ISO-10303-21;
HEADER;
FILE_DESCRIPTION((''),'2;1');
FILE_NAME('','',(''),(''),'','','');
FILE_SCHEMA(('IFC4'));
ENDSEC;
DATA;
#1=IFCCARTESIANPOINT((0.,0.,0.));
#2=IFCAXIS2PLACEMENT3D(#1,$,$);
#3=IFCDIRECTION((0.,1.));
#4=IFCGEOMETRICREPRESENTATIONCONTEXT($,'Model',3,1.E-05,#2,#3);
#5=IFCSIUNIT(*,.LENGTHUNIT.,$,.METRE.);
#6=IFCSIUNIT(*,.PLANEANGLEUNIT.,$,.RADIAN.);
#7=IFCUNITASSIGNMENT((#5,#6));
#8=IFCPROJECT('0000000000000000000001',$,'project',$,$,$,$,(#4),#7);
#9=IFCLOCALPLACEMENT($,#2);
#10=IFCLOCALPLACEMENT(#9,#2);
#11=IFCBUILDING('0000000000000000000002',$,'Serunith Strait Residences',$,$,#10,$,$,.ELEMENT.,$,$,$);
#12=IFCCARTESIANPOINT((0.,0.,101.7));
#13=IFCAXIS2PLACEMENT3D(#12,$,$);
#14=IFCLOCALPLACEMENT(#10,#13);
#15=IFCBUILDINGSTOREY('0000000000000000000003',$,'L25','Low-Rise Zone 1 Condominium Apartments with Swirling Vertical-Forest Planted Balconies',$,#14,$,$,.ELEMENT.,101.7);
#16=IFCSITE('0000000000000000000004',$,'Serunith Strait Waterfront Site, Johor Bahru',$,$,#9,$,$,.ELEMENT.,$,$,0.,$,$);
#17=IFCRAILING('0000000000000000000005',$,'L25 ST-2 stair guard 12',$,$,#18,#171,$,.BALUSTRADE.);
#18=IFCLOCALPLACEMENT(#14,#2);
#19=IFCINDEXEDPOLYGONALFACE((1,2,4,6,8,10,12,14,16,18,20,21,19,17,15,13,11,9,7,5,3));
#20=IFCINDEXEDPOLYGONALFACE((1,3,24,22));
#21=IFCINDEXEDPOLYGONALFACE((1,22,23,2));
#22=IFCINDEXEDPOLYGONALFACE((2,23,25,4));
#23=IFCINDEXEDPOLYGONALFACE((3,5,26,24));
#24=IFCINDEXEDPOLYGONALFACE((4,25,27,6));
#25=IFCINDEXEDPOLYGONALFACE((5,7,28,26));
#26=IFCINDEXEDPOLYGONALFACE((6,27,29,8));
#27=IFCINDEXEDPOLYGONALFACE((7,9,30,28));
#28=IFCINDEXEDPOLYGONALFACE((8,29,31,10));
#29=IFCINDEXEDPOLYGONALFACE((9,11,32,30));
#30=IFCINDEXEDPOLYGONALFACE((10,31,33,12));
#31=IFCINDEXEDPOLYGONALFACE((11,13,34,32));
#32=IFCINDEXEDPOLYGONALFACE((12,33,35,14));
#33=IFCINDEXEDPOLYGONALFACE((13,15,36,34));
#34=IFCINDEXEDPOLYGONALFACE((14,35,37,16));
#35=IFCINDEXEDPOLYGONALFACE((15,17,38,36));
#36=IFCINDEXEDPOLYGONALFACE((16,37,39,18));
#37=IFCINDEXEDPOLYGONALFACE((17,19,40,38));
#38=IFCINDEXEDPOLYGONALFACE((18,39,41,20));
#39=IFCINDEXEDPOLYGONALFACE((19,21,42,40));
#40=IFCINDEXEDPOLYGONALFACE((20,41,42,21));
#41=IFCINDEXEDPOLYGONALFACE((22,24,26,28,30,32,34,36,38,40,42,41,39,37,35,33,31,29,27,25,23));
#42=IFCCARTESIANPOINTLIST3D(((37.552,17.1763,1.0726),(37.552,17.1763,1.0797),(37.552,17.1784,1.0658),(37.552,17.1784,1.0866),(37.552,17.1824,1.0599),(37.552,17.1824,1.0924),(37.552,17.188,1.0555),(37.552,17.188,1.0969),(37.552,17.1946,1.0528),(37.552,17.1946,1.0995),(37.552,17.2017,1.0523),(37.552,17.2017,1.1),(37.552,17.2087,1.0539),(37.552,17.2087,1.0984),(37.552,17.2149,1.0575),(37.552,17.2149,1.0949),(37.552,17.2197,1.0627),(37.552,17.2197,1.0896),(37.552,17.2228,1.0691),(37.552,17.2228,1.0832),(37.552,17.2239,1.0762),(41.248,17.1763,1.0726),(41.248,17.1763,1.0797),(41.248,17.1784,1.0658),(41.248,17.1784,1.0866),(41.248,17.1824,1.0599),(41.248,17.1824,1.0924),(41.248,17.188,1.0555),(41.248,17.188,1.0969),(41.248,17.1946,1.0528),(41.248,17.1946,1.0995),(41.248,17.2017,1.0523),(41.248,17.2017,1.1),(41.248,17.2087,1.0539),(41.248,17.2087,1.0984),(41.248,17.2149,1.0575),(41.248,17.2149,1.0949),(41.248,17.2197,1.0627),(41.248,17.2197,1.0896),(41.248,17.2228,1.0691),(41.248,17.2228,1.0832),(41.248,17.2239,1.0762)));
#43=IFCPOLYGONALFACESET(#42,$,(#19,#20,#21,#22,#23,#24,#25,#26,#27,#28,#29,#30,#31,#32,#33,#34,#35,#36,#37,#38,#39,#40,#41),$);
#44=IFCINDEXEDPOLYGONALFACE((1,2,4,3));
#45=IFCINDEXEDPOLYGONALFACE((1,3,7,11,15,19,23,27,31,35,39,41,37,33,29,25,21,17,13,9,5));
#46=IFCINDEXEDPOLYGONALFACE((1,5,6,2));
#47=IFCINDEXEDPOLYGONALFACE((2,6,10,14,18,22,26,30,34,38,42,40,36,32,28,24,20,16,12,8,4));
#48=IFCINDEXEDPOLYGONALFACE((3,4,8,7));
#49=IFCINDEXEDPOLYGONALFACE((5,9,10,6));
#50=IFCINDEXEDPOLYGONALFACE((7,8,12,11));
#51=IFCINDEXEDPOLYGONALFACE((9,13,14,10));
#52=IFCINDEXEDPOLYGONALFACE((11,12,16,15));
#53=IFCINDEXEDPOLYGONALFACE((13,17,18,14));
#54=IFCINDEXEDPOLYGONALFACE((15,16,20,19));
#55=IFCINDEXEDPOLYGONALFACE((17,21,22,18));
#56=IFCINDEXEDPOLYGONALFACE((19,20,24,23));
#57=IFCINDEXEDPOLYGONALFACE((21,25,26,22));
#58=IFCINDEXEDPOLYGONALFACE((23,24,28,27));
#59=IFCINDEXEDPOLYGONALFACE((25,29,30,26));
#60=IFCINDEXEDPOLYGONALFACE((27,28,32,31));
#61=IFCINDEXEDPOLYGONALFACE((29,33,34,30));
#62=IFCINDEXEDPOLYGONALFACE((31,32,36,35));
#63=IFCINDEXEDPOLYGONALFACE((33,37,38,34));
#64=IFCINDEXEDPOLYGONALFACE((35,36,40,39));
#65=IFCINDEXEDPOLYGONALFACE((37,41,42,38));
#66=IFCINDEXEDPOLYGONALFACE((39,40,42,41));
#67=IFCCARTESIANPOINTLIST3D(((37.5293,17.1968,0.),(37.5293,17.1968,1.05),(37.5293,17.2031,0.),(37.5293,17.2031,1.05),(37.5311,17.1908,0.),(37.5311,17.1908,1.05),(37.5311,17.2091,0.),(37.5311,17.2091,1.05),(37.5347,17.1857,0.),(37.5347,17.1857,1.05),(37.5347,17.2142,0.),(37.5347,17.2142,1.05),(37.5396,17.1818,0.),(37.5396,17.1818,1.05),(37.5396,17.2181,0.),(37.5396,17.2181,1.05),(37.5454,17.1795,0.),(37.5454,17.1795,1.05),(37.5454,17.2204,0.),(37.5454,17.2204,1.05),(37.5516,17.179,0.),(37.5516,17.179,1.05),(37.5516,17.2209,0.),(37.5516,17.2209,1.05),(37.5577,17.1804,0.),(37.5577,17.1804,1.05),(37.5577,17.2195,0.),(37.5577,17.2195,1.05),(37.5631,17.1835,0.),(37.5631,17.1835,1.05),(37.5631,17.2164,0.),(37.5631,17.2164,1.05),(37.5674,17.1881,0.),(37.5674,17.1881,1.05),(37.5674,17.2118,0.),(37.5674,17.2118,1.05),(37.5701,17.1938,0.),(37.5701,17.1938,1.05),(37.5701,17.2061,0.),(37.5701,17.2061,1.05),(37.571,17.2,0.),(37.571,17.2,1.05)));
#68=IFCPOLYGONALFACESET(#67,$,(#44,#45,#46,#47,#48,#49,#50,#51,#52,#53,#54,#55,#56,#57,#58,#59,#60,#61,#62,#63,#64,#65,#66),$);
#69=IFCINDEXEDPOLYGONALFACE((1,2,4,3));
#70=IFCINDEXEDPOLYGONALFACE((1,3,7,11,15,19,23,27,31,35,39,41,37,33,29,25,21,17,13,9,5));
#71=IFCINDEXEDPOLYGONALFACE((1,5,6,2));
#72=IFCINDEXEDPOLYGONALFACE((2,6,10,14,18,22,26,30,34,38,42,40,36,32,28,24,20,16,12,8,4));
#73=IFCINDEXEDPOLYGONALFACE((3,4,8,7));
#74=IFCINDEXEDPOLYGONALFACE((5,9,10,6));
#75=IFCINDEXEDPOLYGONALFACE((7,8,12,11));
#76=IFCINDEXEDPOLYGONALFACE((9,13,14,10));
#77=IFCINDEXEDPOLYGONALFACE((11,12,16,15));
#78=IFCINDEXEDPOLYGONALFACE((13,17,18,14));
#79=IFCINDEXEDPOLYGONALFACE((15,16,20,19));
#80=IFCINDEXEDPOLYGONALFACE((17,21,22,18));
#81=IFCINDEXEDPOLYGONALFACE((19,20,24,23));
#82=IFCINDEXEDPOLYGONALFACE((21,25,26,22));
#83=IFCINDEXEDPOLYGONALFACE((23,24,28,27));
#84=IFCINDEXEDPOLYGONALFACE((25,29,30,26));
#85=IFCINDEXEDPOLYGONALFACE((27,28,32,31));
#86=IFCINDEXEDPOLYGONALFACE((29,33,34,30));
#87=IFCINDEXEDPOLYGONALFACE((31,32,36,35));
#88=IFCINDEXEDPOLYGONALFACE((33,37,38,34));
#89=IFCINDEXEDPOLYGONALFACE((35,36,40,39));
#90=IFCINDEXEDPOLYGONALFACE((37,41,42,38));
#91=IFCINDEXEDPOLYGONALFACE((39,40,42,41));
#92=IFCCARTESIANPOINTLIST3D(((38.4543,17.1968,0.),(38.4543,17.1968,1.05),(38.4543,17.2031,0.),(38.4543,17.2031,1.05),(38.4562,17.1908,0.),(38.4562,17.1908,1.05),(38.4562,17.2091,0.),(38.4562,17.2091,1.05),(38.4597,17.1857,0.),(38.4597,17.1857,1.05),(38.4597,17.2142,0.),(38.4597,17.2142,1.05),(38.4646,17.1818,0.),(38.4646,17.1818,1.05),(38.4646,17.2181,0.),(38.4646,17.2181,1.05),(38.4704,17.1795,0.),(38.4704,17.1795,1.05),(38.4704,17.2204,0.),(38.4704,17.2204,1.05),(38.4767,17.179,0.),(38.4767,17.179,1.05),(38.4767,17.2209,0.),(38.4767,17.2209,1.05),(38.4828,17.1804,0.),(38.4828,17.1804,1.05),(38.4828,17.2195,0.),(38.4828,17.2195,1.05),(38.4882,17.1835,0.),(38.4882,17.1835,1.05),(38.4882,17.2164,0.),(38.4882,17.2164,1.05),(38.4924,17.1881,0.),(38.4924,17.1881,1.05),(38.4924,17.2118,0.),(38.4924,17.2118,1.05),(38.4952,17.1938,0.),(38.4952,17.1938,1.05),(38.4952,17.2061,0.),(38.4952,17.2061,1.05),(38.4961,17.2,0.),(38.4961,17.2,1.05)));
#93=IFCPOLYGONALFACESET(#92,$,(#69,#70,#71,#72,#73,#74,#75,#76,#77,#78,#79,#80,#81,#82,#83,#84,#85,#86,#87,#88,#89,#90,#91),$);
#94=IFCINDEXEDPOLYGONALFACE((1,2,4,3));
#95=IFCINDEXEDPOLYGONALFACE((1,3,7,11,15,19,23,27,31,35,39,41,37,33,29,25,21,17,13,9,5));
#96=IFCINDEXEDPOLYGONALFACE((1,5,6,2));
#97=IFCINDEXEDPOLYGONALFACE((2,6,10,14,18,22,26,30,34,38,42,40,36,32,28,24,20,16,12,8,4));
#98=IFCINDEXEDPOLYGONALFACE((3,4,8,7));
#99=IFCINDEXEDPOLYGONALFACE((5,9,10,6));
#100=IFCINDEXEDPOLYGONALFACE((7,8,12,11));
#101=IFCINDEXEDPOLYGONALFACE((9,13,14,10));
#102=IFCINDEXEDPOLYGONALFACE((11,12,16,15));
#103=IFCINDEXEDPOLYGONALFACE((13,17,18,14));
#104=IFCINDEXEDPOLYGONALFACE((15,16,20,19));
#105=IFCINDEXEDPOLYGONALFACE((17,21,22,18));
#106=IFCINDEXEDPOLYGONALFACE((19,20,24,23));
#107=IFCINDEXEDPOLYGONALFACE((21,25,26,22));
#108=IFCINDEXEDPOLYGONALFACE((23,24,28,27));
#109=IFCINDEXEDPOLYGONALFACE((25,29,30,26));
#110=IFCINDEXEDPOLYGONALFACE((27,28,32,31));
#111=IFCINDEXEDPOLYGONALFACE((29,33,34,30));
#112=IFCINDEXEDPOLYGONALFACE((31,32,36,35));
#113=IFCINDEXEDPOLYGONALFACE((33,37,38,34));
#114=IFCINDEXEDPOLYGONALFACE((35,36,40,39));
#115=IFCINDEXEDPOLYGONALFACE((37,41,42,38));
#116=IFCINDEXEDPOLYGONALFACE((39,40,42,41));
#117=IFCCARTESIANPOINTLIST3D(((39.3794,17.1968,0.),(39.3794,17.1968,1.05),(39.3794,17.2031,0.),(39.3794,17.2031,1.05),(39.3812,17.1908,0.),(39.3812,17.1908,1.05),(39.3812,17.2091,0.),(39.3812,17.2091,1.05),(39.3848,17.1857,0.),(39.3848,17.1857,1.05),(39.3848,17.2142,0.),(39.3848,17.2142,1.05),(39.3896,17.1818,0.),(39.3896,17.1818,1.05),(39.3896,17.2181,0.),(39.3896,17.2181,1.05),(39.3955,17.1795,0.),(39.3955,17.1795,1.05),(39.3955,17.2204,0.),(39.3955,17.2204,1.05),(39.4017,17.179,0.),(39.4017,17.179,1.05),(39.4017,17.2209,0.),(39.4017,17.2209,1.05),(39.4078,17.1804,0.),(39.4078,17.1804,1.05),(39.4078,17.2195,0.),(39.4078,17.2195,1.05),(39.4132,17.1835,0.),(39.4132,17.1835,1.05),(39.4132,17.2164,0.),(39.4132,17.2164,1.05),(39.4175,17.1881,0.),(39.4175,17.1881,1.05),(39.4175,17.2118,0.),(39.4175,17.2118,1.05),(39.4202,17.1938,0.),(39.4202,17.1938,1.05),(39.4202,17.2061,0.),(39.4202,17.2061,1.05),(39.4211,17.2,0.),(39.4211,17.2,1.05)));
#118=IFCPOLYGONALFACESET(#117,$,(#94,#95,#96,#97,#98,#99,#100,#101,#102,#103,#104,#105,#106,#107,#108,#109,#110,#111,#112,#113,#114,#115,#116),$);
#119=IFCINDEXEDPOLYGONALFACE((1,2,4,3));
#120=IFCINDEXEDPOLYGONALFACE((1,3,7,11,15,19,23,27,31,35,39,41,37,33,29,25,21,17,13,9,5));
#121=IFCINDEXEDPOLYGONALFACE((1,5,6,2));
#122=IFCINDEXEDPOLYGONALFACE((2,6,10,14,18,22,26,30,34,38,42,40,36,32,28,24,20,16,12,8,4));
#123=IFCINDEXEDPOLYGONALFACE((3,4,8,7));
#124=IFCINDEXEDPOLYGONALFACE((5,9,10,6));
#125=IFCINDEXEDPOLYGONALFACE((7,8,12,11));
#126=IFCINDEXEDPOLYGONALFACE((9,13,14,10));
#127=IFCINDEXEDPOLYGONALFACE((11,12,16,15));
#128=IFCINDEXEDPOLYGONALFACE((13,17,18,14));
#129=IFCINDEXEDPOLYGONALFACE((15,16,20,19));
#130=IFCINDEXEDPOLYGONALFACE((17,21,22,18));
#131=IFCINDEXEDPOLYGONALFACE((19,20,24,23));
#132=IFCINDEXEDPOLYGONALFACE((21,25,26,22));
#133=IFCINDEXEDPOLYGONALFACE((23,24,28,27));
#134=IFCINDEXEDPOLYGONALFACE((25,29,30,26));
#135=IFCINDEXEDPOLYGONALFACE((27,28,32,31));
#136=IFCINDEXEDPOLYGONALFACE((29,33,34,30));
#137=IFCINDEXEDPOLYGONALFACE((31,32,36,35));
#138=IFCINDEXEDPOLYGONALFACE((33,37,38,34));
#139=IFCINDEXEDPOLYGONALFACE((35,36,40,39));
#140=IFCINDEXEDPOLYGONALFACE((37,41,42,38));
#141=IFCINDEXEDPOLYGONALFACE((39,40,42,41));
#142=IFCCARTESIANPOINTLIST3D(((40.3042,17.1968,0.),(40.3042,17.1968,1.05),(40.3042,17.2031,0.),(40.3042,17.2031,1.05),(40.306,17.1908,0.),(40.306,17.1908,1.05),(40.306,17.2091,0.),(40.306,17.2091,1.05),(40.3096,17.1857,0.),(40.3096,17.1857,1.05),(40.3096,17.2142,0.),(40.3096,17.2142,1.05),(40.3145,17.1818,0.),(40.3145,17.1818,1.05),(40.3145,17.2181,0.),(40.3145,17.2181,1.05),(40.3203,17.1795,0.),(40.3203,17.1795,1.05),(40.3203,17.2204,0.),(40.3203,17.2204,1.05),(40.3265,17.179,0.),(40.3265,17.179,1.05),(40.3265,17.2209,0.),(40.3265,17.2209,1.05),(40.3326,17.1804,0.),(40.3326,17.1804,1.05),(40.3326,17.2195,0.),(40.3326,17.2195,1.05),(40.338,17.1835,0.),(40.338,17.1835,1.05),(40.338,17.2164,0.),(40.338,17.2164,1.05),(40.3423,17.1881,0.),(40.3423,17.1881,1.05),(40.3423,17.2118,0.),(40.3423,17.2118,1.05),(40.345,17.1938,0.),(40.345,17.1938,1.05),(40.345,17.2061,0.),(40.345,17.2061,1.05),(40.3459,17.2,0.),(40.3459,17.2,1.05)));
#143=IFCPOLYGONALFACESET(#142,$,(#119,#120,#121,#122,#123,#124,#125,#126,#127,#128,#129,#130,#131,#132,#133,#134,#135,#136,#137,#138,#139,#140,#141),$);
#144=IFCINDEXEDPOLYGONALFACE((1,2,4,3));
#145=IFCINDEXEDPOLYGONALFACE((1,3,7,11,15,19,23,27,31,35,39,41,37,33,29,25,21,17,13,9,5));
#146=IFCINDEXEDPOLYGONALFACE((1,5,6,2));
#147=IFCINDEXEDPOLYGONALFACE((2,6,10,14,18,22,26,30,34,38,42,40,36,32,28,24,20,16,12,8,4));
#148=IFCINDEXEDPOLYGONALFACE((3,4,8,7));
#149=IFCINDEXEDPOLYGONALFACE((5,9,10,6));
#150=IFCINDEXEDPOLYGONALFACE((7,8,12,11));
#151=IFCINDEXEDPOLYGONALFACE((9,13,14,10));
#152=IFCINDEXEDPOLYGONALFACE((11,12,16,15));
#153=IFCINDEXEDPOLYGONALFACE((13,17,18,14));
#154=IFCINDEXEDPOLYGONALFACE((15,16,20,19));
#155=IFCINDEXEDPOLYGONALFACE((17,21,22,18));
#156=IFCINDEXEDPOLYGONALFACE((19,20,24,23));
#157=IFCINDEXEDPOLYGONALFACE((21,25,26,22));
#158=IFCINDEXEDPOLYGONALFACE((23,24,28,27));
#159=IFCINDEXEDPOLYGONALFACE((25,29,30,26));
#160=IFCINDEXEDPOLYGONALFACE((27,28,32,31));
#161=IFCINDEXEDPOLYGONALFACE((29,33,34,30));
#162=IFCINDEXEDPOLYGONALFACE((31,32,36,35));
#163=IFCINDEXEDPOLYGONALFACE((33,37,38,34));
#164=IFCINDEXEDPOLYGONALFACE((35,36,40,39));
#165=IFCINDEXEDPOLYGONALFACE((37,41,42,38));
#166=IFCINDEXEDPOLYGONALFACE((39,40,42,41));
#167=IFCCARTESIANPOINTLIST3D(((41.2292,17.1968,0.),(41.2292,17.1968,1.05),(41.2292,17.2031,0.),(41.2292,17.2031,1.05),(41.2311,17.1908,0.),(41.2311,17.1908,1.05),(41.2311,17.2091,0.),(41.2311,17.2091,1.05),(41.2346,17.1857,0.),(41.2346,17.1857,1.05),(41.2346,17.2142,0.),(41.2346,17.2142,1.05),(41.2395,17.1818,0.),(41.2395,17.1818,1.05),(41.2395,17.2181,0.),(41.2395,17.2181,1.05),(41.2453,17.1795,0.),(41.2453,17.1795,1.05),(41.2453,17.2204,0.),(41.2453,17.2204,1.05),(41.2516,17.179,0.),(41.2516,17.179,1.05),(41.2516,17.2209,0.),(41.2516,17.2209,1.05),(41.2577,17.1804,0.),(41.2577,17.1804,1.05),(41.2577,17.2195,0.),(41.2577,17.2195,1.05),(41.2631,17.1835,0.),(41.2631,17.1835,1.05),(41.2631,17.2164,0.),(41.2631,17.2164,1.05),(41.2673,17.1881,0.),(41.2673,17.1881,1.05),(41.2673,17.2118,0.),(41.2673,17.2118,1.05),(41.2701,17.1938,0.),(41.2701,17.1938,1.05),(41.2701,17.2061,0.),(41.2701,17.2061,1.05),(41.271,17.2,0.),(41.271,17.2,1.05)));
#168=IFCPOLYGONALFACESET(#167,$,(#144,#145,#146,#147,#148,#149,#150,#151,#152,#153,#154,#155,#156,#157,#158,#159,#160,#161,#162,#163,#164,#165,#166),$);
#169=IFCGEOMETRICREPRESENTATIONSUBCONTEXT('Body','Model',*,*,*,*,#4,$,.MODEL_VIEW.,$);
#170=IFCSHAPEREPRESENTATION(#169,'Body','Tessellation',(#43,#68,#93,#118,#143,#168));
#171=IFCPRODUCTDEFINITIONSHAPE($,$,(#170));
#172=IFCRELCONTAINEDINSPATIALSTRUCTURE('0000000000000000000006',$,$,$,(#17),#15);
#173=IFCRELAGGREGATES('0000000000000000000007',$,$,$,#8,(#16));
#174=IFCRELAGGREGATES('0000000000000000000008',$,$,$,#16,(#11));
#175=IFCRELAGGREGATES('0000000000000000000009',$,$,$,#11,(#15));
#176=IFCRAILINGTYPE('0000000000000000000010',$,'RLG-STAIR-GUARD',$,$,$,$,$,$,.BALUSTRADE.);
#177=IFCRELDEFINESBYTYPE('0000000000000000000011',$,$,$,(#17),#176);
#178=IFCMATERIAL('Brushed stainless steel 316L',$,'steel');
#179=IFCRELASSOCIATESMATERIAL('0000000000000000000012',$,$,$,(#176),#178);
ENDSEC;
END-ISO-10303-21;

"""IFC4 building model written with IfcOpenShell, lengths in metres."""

from ifc_helpers import new_model, si_unit, direction, frame, origin, origin_2d, place, context, subcontext, project, spatial, circle, extrude, material, type_object, element, save


model = new_model("IFC4")

# Units and contexts
model_context = context("Model", 3, precision=1e-05, world=origin(), true_north=direction((0.0, 1.0)))
body_context = subcontext(model_context, "Body", "Model", "MODEL_VIEW")
ifc_project = project(units=[si_unit("LENGTHUNIT", "METRE"), si_unit("PLANEANGLEUNIT", "RADIAN")], contexts=[model_context])

# Site, building, storey
site_placement = place(None, origin())
site = spatial("IfcSite", under=ifc_project, at=site_placement, Name="Serunith Strait Waterfront Site, Johor Bahru", CompositionType="ELEMENT", RefElevation=0.0)
building_placement = place(site_placement, origin())
building = spatial("IfcBuilding", under=site, at=building_placement, Name="Serunith Strait Residences", CompositionType="ELEMENT")
storey_placement = place(building_placement, frame((0.0, 0.0, 101.7)))
storey = spatial("IfcBuildingStorey", under=building, at=storey_placement, Name="L25", Description="Low-Rise Zone 1 Condominium Apartments with Swirling Vertical-Forest Planted Balconies", CompositionType="ELEMENT", Elevation=101.7)

# Railing
ifc_material_1 = material(Name="Brushed stainless steel 316L", Category="steel")
railing_type_1 = type_object("IfcRailingType", Name="RLG-STAIR-GUARD", PredefinedType="BALUSTRADE", material=ifc_material_1)
railing_1_placement = place(storey_placement, frame((37.55, 17.2, 0.0)))
element("IfcRailing", 1, at=railing_1_placement, inside=storey, type_object=railing_type_1, Name="L25 ST-2 stair guard 12", PredefinedType="BALUSTRADE", context=body_context, shape_type="SweptSolid", body=[
    extrude(circle(Radius=0.0239, at=origin_2d()), frame((0.002, 0.0, 1.0762), z_axis=(1.0, 0.0, 0.0), x_axis=(0.0, 1.0, 0.0)), (0.0, 0.0, 1.0), 3.696),
    extrude(circle(Radius=0.021, at=origin_2d()), origin(), (0.0, 0.0, 1.0), 1.05),
    extrude(circle(Radius=0.021, at=origin_2d()), frame((0.925, 0.0, 0.0)), (0.0, 0.0, 1.0), 1.05),
    extrude(circle(Radius=0.021, at=origin_2d()), frame((1.8501, 0.0, 0.0)), (0.0, 0.0, 1.0), 1.05),
    extrude(circle(Radius=0.021, at=origin_2d()), frame((2.7749, 0.0, 0.0)), (0.0, 0.0, 1.0), 1.05),
    extrude(circle(Radius=0.021, at=origin_2d()), frame((3.7, 0.0, 0.0)), (0.0, 0.0, 1.0), 1.05),
])

save(model, "model.ifc")
